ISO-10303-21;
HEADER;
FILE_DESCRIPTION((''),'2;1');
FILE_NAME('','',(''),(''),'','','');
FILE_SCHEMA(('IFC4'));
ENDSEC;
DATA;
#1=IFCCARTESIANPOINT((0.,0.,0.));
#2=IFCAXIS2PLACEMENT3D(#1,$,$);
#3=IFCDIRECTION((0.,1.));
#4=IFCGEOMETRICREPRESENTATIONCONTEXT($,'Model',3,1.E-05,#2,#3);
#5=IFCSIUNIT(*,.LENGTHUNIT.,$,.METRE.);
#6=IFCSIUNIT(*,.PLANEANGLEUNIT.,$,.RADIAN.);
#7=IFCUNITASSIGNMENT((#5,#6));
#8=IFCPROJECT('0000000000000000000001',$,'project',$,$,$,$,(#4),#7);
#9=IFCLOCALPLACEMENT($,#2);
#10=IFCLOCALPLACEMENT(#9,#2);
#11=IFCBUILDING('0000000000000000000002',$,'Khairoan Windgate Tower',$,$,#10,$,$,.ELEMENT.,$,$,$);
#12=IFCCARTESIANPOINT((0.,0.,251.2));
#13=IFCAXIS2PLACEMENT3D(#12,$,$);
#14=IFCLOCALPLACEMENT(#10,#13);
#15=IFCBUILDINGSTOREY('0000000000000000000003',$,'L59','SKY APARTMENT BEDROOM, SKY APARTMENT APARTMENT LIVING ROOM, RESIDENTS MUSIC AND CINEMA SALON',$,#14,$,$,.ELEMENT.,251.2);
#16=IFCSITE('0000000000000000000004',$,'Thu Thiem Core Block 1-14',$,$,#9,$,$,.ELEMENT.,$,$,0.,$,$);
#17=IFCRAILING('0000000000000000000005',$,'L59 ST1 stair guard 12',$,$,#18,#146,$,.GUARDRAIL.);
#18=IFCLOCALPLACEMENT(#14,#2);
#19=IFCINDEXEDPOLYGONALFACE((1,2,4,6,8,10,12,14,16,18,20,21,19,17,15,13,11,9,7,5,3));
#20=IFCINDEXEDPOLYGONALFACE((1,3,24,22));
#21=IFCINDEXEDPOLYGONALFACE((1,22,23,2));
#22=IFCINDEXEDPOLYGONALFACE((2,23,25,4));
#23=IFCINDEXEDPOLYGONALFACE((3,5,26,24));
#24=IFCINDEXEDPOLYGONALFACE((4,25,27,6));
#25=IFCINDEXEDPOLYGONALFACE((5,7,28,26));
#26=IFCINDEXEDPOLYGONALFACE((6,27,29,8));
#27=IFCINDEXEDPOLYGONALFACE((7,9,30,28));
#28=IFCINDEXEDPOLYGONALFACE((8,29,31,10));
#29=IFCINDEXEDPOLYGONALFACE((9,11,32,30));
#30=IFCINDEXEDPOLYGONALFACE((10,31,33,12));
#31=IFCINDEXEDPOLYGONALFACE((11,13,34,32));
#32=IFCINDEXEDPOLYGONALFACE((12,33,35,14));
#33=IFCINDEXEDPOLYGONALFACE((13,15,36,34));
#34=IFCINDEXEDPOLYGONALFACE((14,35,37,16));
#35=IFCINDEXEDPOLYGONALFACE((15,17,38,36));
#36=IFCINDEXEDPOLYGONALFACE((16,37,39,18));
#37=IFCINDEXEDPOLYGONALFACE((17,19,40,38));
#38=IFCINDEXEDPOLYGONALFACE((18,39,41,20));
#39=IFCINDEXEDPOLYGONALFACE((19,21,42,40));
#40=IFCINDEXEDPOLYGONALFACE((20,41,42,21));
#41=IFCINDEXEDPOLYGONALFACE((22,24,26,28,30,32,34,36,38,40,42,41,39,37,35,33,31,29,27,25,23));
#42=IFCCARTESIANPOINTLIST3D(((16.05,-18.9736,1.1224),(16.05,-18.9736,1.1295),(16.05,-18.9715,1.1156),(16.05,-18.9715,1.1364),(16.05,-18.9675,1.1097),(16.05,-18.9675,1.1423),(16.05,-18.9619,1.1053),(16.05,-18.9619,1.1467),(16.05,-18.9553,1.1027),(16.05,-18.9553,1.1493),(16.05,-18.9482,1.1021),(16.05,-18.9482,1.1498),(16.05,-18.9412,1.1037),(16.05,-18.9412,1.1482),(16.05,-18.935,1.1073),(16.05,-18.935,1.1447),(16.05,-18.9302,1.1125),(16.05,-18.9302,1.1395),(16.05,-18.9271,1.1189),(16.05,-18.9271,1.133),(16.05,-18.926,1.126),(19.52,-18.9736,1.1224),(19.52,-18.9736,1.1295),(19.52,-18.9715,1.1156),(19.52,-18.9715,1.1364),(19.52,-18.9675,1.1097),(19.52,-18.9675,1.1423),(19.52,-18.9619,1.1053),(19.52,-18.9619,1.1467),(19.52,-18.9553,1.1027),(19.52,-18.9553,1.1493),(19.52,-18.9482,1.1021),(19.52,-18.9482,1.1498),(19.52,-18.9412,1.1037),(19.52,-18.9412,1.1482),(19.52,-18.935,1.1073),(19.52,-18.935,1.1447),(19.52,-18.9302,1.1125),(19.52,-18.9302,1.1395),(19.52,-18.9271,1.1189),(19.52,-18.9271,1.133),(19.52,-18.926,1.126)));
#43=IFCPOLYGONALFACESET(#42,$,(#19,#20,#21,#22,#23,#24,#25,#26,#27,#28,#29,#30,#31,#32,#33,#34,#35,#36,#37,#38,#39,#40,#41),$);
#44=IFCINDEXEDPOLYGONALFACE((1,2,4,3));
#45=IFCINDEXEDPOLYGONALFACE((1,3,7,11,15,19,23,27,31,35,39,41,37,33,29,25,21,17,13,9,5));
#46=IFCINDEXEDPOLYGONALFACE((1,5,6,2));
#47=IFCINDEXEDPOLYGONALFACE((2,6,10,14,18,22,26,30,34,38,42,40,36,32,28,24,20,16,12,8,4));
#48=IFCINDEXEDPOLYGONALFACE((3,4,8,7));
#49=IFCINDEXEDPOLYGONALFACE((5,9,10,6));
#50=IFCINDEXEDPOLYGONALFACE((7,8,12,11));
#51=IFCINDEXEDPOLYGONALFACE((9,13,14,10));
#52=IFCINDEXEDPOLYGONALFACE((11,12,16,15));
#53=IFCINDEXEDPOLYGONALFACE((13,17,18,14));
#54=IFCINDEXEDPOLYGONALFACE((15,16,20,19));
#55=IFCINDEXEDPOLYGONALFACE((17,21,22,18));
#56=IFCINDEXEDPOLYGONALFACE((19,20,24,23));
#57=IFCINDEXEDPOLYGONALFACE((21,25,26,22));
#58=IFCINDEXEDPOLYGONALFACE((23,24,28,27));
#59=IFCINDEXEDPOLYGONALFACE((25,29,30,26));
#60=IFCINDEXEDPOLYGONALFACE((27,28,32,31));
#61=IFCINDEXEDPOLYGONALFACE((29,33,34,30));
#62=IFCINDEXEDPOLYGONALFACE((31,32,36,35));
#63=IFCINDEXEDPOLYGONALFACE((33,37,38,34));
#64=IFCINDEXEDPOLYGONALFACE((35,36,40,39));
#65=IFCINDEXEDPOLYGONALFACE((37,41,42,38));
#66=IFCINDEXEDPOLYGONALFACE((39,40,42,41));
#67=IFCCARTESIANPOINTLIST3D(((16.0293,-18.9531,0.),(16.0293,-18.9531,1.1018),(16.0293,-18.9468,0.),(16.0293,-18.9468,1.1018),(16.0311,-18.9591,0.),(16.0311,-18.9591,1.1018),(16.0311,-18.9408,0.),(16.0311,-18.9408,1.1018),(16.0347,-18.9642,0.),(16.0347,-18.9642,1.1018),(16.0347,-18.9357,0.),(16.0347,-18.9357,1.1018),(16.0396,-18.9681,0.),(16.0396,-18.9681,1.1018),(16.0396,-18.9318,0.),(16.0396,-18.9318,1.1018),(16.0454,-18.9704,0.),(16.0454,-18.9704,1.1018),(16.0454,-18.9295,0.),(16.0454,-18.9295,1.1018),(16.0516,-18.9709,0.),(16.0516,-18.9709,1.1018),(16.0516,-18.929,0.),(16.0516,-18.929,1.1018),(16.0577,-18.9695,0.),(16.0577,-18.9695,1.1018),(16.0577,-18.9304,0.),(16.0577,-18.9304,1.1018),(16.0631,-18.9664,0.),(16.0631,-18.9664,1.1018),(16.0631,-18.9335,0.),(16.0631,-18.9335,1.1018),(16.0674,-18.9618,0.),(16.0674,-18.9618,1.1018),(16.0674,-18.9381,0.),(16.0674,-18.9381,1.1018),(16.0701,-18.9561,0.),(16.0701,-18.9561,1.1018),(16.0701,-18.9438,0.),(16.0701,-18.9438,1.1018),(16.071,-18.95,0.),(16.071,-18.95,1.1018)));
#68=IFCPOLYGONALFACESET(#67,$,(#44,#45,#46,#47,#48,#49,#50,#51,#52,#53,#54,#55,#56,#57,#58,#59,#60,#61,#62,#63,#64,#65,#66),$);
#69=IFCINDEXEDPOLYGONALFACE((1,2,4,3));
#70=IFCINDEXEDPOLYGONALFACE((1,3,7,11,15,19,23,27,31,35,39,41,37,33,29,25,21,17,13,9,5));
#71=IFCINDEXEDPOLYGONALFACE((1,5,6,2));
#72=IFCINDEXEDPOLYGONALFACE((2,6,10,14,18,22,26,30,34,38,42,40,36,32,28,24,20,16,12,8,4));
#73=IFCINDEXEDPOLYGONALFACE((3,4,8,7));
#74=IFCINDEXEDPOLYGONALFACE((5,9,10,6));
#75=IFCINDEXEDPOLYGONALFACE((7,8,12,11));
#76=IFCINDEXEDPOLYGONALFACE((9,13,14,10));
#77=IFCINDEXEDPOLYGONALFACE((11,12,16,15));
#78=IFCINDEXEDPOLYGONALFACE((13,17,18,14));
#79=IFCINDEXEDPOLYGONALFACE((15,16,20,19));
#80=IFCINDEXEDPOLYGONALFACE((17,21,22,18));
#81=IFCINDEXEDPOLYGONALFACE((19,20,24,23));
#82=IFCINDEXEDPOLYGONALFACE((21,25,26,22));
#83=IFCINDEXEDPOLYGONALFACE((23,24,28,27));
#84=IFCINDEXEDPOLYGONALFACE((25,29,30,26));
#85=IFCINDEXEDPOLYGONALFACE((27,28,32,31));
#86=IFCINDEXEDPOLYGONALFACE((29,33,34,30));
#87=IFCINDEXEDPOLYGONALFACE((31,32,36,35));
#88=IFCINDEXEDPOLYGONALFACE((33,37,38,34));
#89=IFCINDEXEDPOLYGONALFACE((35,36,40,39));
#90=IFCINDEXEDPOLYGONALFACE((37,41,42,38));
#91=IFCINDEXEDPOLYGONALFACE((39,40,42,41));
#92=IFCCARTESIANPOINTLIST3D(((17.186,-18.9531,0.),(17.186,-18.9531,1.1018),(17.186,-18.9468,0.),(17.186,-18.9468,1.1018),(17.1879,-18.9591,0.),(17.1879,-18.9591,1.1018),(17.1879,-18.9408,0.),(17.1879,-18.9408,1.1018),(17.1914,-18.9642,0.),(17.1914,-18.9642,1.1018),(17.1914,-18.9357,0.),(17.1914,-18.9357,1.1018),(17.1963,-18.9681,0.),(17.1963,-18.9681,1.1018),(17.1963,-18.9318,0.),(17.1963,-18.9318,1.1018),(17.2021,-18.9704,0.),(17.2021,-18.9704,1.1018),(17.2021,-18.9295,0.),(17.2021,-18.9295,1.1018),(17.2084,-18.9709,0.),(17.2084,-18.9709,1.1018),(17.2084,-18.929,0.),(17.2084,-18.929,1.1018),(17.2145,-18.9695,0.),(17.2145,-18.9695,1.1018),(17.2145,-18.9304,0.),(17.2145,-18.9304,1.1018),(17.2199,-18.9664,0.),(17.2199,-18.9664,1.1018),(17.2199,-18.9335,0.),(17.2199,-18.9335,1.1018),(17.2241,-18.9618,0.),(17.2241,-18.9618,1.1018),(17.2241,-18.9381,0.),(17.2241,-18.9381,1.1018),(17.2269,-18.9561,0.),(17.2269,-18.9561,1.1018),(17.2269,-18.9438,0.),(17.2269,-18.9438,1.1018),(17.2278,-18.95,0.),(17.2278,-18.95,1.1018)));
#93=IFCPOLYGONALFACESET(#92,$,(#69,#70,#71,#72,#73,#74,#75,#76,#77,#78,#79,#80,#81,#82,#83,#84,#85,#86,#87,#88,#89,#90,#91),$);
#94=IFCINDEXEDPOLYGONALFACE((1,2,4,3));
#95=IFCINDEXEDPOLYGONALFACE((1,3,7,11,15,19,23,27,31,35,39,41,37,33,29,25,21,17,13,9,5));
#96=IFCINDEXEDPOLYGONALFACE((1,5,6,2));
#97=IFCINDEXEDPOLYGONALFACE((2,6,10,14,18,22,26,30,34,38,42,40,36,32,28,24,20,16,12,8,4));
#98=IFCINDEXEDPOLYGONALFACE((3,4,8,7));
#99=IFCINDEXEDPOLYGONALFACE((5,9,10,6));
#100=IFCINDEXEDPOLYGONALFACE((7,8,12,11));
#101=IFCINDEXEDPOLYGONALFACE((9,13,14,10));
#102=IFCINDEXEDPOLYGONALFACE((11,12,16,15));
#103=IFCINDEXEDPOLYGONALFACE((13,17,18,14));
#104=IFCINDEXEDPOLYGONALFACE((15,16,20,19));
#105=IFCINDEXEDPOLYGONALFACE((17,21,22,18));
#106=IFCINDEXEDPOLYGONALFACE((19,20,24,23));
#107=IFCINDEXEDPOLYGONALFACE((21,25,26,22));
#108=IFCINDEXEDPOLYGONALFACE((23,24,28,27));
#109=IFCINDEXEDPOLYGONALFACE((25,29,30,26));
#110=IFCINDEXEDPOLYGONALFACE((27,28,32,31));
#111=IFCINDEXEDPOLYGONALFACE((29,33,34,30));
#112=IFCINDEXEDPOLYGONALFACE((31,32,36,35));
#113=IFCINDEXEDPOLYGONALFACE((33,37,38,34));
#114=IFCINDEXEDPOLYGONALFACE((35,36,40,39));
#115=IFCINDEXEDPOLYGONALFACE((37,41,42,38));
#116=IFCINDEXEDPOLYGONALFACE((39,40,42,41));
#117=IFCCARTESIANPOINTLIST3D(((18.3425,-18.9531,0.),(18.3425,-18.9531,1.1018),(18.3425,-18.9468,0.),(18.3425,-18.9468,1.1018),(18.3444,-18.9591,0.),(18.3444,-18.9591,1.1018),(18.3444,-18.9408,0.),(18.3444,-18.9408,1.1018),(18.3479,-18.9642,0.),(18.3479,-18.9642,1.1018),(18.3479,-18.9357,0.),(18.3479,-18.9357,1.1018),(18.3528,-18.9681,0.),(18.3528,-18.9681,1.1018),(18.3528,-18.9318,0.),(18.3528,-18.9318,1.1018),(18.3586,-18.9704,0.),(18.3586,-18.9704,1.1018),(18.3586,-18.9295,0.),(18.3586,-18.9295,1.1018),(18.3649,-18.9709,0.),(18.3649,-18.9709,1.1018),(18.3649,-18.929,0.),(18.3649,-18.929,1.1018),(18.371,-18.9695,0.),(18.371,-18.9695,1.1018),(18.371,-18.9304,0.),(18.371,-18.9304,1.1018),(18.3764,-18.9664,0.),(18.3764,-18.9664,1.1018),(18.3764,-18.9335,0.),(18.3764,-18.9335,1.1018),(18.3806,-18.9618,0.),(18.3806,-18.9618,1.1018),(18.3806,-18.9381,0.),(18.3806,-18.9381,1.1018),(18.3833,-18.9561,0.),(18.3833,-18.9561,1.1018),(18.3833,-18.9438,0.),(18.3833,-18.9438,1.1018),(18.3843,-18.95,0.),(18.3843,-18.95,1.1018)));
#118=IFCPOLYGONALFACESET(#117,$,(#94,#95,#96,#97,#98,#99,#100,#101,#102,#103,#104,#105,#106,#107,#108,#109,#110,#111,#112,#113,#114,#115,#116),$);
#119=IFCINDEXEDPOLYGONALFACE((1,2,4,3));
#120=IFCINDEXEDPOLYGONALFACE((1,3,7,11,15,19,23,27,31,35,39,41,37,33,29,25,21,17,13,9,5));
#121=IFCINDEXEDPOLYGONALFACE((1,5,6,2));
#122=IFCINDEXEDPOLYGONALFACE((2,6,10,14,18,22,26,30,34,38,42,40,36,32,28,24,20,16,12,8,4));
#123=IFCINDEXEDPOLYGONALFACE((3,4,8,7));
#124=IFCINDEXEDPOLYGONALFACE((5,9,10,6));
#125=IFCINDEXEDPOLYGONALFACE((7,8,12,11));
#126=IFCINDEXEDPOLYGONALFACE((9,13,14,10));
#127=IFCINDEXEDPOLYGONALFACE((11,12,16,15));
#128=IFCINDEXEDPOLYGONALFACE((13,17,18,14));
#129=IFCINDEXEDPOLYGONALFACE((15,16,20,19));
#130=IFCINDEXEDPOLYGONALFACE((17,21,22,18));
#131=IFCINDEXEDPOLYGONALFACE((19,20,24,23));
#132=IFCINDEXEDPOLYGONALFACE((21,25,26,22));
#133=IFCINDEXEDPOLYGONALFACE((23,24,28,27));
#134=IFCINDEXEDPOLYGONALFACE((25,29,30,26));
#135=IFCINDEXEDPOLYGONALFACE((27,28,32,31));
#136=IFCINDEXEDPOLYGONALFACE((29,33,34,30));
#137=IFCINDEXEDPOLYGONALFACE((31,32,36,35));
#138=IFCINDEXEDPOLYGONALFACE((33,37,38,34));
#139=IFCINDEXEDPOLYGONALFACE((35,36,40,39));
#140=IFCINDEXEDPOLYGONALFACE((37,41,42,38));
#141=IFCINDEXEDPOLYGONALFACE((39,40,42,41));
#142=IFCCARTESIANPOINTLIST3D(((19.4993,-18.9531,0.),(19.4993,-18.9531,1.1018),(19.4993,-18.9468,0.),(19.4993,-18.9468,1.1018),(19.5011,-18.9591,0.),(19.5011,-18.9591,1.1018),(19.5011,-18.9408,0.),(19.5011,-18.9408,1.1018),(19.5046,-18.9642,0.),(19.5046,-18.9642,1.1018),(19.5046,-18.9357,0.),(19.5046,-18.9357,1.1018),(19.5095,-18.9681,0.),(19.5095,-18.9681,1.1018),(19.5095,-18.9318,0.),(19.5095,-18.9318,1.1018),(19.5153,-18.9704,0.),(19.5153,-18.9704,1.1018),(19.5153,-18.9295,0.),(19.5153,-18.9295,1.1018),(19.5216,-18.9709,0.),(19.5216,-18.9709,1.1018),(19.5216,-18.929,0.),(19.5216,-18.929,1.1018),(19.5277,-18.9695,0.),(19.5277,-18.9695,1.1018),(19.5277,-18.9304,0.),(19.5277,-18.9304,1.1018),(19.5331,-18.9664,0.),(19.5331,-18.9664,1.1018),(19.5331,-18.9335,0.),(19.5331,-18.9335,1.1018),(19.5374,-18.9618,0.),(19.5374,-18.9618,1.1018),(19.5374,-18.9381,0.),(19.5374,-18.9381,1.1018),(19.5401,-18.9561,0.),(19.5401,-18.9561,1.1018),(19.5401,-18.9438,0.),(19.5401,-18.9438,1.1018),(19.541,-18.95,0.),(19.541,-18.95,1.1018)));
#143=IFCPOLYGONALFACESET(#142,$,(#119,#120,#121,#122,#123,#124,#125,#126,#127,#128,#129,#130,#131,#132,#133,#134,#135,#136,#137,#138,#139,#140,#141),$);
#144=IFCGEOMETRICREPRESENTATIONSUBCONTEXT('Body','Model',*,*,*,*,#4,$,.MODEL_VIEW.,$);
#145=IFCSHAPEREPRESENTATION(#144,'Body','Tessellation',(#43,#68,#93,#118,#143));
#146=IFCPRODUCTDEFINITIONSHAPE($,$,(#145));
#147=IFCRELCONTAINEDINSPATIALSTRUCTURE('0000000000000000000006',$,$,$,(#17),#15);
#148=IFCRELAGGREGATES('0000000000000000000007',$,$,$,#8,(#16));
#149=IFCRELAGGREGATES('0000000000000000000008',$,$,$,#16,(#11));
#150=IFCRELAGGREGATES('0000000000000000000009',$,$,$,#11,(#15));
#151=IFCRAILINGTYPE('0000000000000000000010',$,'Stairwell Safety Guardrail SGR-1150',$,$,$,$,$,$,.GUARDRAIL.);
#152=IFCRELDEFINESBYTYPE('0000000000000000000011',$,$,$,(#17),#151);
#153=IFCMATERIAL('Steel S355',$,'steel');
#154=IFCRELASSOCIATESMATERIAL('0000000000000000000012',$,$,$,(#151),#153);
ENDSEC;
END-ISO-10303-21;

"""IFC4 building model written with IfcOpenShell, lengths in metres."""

from ifc_helpers import new_model, si_unit, direction, frame, origin, origin_2d, place, context, subcontext, project, spatial, circle, extrude, material, type_object, element, save


model = new_model("IFC4")

# Units and contexts
model_context = context("Model", 3, precision=1e-05, world=origin(), true_north=direction((0.0, 1.0)))
body_context = subcontext(model_context, "Body", "Model", "MODEL_VIEW")
ifc_project = project(units=[si_unit("LENGTHUNIT", "METRE"), si_unit("PLANEANGLEUNIT", "RADIAN")], contexts=[model_context])

# Site, building, storey
site_placement = place(None, origin())
site = spatial("IfcSite", under=ifc_project, at=site_placement, Name="Thu Thiem Core Block 1-14", CompositionType="ELEMENT", RefElevation=0.0)
building_placement = place(site_placement, origin())
building = spatial("IfcBuilding", under=site, at=building_placement, Name="Khairoan Windgate Tower", CompositionType="ELEMENT")
storey_placement = place(building_placement, frame((0.0, 0.0, 251.2)))
storey = spatial("IfcBuildingStorey", under=building, at=storey_placement, Name="L59", Description="SKY APARTMENT BEDROOM, SKY APARTMENT APARTMENT LIVING ROOM, RESIDENTS MUSIC AND CINEMA SALON", CompositionType="ELEMENT", Elevation=251.2)

# Railing
ifc_material_1 = material(Name="Steel S355", Category="steel")
railing_type = type_object("IfcRailingType", Name="Stairwell Safety Guardrail SGR-1150", PredefinedType="GUARDRAIL", material=ifc_material_1)
railing_1_placement = place(storey_placement, frame((16.05, -18.95, 0.0)))
element("IfcRailing", 1, at=railing_1_placement, inside=storey, type_object=railing_type, Name="L59 ST1 stair guard 12", PredefinedType="GUARDRAIL", context=body_context, shape_type="SweptSolid", body=[
    extrude(circle(Radius=0.0239, at=origin_2d()), frame((0.0, 0.0, 1.126), z_axis=(1.0, 0.0, 0.0), x_axis=(0.0, 1.0, 0.0)), (0.0, 0.0, 1.0), 3.47),
    extrude(circle(Radius=0.021, at=origin_2d()), origin(), (0.0, 0.0, 1.0), 1.1018),
    extrude(circle(Radius=0.021, at=origin_2d()), frame((1.1567, 0.0, 0.0)), (0.0, 0.0, 1.0), 1.1018),
    extrude(circle(Radius=0.021, at=origin_2d()), frame((2.3132, 0.0, 0.0)), (0.0, 0.0, 1.0), 1.1018),
    extrude(circle(Radius=0.021, at=origin_2d()), frame((3.47, 0.0, 0.0)), (0.0, 0.0, 1.0), 1.1018),
])

save(model, "model.ifc")
